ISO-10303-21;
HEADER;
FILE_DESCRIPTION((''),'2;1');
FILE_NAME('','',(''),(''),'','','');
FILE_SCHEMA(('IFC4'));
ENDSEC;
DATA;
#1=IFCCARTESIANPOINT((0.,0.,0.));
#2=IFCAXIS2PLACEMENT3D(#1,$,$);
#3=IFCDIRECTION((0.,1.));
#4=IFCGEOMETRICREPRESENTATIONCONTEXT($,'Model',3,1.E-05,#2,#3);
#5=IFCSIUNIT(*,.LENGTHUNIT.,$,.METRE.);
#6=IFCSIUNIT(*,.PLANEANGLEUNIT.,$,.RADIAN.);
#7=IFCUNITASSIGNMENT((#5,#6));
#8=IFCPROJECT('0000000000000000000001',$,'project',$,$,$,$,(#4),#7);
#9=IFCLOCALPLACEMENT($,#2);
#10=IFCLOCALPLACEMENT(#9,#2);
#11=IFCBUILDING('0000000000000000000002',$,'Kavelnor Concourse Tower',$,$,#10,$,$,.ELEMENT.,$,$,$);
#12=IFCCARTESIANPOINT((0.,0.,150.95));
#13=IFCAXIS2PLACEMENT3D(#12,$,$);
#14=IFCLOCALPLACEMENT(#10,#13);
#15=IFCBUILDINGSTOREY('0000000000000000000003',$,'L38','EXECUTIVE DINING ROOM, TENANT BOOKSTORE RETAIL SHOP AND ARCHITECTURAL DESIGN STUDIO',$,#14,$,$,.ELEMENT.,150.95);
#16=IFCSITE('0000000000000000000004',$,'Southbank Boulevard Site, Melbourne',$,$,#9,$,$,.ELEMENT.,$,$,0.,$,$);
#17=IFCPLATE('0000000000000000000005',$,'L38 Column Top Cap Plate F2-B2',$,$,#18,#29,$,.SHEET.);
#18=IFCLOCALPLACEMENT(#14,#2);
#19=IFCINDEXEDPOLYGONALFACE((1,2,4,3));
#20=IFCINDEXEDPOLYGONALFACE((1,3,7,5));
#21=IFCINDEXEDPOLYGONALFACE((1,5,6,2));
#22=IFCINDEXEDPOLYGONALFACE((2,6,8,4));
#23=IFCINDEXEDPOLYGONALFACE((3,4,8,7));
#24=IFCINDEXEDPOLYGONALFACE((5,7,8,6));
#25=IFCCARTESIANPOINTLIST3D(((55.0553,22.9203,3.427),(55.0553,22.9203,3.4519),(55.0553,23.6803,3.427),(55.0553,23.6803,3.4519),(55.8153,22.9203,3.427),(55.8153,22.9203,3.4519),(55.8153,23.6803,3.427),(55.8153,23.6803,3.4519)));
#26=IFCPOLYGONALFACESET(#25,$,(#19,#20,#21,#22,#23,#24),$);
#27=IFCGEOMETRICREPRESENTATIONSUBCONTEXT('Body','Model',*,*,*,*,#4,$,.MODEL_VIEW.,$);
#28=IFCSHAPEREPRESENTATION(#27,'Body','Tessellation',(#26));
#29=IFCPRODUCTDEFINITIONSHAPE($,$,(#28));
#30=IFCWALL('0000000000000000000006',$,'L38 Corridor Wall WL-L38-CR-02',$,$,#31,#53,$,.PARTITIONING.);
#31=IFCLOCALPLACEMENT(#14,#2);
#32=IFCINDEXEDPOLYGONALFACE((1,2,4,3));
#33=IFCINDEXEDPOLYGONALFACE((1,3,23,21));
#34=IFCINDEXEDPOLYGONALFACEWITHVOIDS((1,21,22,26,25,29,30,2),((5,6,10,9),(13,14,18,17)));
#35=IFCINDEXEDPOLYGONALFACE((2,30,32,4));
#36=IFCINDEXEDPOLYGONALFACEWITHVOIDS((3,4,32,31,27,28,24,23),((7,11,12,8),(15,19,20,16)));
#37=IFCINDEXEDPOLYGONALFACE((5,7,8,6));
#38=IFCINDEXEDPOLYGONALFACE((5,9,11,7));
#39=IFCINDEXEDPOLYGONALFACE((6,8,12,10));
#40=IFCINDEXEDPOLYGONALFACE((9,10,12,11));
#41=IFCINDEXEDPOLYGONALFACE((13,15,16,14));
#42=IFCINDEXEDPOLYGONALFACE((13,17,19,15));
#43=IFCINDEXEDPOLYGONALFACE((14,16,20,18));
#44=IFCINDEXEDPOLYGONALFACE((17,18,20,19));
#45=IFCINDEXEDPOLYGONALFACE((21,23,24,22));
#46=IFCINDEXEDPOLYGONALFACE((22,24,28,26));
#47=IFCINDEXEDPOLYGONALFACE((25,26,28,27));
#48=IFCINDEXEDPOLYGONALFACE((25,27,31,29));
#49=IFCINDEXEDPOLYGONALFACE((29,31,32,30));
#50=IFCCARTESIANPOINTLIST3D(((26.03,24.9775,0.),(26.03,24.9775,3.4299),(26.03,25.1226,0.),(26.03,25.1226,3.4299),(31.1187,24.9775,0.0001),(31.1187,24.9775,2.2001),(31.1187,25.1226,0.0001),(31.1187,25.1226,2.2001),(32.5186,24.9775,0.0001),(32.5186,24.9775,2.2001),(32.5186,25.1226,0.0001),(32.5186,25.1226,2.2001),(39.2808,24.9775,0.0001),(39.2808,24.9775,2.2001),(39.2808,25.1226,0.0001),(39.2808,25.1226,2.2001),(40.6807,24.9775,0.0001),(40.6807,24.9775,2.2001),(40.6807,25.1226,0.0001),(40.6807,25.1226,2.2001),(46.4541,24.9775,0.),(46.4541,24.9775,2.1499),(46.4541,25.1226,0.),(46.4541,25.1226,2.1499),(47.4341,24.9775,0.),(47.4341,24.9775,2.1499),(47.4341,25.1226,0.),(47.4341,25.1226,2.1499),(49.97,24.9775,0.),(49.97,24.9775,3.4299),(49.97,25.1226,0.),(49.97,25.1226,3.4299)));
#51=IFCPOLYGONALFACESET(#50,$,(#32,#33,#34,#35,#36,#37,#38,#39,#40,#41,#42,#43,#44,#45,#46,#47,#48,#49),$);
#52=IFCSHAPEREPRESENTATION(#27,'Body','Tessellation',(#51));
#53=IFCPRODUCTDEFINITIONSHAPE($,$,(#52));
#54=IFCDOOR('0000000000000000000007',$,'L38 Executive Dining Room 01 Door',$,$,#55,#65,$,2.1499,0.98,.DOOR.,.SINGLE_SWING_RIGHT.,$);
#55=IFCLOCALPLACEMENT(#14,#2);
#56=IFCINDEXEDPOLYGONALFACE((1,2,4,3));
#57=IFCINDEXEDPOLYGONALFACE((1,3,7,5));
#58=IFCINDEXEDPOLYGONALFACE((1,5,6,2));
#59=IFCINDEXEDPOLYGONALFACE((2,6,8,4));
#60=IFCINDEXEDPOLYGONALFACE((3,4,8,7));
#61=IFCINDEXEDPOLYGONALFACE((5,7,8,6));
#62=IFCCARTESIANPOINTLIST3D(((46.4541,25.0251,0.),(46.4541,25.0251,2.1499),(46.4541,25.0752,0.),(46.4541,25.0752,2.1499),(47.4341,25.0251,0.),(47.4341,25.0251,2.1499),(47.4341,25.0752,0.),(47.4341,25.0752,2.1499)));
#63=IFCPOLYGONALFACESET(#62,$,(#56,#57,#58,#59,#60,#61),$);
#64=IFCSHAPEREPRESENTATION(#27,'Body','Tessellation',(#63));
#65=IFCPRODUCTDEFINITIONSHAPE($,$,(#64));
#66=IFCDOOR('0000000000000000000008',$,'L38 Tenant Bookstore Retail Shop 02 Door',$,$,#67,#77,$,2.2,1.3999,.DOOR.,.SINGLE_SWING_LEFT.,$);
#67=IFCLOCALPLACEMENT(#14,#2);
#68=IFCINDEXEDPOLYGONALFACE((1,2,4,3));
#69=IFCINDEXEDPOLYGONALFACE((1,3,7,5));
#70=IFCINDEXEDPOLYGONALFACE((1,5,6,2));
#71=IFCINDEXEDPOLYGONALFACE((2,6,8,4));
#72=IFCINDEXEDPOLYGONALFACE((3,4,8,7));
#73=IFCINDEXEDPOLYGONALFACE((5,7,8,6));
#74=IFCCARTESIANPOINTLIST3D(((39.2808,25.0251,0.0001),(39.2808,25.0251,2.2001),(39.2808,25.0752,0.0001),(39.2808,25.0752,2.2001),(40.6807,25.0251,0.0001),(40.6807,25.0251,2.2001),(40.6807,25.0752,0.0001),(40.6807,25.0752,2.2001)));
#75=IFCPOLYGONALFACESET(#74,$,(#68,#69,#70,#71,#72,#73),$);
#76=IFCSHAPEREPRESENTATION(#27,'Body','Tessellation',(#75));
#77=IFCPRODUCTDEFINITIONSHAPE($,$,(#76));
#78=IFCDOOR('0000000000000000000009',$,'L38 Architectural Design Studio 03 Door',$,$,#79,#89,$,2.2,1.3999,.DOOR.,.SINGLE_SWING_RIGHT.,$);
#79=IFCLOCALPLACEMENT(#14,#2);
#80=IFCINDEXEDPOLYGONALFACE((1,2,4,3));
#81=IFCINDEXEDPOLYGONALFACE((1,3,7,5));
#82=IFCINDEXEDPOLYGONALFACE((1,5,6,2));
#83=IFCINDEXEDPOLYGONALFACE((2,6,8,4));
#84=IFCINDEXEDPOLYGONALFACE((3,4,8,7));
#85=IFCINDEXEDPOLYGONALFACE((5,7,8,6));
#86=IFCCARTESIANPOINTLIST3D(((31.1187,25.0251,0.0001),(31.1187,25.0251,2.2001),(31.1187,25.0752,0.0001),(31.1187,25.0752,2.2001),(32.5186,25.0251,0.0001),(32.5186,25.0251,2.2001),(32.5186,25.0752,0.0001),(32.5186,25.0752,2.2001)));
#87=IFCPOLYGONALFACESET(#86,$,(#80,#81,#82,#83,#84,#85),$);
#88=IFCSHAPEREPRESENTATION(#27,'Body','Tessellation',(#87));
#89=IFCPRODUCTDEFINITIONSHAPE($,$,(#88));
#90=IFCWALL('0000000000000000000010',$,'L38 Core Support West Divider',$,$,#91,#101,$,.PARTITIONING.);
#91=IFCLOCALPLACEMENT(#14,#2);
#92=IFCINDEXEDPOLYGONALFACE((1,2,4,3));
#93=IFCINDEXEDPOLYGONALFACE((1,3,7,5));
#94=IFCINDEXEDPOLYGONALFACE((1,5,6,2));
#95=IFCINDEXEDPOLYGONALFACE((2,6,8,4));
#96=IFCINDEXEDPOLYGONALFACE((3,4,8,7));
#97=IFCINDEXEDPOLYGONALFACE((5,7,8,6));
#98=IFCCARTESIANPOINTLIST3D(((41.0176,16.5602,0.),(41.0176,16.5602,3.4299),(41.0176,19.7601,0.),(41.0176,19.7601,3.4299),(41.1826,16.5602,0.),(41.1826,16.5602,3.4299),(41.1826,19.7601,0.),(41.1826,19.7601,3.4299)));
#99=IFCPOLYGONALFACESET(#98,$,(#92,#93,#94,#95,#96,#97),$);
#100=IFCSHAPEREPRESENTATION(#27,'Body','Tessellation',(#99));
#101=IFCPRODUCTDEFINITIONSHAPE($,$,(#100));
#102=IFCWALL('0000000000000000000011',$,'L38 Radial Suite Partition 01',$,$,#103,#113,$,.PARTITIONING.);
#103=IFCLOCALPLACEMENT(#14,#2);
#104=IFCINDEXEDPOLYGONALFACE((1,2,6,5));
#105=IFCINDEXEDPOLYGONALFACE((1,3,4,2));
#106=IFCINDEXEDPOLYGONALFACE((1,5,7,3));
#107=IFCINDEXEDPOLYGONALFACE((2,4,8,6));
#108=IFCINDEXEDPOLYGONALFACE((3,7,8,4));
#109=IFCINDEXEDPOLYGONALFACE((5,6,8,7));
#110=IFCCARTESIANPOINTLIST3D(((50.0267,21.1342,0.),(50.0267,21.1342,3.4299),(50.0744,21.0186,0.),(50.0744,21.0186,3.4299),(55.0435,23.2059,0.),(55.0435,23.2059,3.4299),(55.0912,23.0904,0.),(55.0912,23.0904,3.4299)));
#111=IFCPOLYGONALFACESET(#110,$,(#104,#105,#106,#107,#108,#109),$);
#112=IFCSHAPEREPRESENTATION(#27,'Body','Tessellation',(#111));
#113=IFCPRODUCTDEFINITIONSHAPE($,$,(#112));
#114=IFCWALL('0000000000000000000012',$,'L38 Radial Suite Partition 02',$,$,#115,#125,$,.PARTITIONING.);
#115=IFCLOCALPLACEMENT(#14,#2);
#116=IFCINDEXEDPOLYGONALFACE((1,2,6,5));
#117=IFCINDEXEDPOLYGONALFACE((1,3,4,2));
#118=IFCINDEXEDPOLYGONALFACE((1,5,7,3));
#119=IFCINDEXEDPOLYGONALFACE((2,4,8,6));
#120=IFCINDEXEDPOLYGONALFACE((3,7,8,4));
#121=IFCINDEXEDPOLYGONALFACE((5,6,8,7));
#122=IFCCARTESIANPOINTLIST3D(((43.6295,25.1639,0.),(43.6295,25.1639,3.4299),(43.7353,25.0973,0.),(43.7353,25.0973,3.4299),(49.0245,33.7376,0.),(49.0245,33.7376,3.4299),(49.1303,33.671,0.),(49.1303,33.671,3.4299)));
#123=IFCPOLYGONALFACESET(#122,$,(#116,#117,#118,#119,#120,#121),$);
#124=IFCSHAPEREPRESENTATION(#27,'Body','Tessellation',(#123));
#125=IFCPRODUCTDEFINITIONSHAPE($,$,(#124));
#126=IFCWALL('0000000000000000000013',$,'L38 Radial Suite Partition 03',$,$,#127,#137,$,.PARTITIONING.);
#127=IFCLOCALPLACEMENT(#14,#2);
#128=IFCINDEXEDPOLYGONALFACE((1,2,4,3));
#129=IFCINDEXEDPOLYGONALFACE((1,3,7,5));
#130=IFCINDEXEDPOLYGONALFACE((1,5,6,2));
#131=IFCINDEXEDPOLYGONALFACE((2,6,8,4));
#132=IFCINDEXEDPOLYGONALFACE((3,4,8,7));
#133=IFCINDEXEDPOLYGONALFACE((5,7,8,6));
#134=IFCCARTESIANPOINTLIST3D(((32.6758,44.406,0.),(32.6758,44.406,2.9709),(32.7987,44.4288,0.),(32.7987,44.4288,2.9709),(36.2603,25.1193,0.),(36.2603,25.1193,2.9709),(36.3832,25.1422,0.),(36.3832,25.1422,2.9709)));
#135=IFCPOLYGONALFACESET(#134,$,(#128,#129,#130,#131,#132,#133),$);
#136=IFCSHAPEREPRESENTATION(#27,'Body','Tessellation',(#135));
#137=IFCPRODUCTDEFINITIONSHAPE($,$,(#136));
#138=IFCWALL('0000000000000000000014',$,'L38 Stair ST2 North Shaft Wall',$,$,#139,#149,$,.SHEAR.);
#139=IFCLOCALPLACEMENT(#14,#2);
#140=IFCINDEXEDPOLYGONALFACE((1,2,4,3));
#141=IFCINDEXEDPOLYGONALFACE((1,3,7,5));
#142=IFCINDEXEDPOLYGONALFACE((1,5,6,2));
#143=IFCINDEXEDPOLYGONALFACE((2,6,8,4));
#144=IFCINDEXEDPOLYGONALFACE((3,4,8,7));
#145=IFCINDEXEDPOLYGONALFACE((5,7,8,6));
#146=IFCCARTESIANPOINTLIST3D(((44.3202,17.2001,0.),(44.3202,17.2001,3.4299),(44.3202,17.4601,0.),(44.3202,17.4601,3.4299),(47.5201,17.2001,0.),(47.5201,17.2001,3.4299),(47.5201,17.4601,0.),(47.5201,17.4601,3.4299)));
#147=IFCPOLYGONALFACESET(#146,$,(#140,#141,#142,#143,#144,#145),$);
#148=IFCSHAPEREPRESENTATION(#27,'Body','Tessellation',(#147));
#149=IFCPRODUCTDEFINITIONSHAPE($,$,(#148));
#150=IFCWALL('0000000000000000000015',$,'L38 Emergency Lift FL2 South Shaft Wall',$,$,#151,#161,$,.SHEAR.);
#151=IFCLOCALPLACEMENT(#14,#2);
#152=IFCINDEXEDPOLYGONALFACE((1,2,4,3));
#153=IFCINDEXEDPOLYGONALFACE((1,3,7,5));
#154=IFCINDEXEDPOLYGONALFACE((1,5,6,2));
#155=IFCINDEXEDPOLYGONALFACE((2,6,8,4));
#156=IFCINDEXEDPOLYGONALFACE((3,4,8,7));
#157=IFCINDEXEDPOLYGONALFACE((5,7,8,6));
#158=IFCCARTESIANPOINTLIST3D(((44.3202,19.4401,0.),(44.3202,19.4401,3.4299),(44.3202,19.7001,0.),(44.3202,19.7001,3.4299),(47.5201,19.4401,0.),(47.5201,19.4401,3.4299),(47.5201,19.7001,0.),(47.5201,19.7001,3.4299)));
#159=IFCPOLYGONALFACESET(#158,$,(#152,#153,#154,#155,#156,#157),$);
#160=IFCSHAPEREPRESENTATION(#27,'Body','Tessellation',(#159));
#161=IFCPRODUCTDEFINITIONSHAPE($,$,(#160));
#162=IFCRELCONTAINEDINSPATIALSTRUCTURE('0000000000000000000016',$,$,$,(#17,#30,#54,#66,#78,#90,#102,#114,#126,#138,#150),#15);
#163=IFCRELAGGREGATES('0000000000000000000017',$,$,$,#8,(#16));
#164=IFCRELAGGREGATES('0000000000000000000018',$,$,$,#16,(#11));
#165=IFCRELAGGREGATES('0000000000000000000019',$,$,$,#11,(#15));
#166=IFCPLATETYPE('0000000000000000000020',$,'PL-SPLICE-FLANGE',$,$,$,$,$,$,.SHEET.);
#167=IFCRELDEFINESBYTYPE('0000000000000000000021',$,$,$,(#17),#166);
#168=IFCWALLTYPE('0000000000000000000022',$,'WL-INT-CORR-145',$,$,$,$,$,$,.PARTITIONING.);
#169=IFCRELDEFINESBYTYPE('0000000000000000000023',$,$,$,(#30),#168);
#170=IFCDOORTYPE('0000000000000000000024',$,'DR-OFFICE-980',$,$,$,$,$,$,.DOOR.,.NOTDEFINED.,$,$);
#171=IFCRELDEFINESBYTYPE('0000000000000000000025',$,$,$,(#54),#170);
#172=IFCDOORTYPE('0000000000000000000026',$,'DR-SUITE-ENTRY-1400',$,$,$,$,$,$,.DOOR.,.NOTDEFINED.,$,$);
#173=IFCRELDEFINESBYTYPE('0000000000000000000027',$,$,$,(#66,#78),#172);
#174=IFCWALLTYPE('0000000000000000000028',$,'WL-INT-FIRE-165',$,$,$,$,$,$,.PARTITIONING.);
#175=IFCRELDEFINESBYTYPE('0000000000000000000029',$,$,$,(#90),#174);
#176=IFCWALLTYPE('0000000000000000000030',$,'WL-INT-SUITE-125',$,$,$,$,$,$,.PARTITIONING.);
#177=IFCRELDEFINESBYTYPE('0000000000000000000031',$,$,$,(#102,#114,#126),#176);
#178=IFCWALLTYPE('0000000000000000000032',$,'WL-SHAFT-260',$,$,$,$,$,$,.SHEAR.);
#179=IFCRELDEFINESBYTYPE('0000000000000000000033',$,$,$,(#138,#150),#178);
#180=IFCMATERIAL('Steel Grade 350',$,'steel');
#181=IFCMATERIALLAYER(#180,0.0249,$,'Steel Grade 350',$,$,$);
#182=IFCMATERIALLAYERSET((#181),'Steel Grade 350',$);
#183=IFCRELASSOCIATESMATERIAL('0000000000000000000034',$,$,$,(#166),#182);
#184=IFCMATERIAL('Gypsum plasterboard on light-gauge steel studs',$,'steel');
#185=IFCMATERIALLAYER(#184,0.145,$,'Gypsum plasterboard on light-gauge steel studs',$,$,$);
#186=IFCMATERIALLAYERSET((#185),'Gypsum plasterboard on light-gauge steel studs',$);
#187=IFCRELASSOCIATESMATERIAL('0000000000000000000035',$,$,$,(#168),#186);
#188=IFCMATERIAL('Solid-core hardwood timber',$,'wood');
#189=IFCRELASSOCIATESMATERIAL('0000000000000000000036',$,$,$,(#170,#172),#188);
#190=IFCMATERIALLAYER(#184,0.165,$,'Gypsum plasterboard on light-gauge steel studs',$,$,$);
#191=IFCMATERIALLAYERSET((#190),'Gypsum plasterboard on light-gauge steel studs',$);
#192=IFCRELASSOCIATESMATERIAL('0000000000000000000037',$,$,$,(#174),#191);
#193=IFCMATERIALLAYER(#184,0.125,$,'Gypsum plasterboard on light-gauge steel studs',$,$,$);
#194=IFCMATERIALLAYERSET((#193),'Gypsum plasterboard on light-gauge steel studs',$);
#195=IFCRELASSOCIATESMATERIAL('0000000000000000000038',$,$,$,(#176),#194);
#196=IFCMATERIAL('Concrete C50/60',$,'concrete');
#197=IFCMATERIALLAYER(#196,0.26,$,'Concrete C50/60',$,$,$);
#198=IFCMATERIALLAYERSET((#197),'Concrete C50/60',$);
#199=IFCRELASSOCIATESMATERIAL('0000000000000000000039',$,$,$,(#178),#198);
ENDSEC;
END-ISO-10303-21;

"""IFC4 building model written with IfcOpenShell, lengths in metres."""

from ifc_helpers import new_model, si_unit, direction, frame, frame_2d, origin, origin_2d, place, context, subcontext, project, spatial, rectangle, extrude, material, layer, layer_set, type_object, element, fill, save


model = new_model("IFC4")

# Units and contexts
model_context = context("Model", 3, precision=1e-05, world=origin(), true_north=direction((0.0, 1.0)))
body_context = subcontext(model_context, "Body", "Model", "MODEL_VIEW")
ifc_project = project(units=[si_unit("LENGTHUNIT", "METRE"), si_unit("PLANEANGLEUNIT", "RADIAN")], contexts=[model_context])

# Site, building, storey
site_placement = place(None, origin())
site = spatial("IfcSite", under=ifc_project, at=site_placement, Name="Southbank Boulevard Site, Melbourne", CompositionType="ELEMENT", RefElevation=0.0)
building_placement = place(site_placement, origin())
building = spatial("IfcBuilding", under=site, at=building_placement, Name="Kavelnor Concourse Tower", CompositionType="ELEMENT")
storey_placement = place(building_placement, frame((0.0, 0.0, 150.95)))
storey = spatial("IfcBuildingStorey", under=building, at=storey_placement, Name="L38", Description="EXECUTIVE DINING ROOM, TENANT BOOKSTORE RETAIL SHOP AND ARCHITECTURAL DESIGN STUDIO", CompositionType="ELEMENT", Elevation=150.95)

# Shared definitions
ifc_material_1 = material(Name="Steel Grade 350", Category="steel")

# Plate
ifc_layer_1 = layer(ifc_material_1, 0.0249, Name="Steel Grade 350")
ifc_layer_set_1 = layer_set([ifc_layer_1], Name="Steel Grade 350")
plate_type = type_object("IfcPlateType", Name="PL-SPLICE-FLANGE", PredefinedType="SHEET", material=ifc_layer_set_1)
for number, where, z_axis, x_axis, name in (
    (1, (55.4353, 23.3003, 3.427), (0.0, 0.0, 1.0), (1.0, 0.0, 0.0), "L38 Column Top Cap Plate F2-B2"),
):
    element("IfcPlate", number, at=place(storey_placement, frame(where, z_axis=z_axis, x_axis=x_axis)), inside=storey, type_object=plate_type, Name=name, PredefinedType="SHEET", context=body_context, shape_type="SweptSolid", body=[
        extrude(rectangle(XDim=0.76, YDim=0.76, at=origin_2d()), origin(), (0.0, 0.0, 1.0), 0.0249),
    ])

# Wall, openings, doors
ifc_material_2 = material(Name="Gypsum plasterboard on light-gauge steel studs", Category="steel")
ifc_layer_2 = layer(ifc_material_2, 0.145, Name="Gypsum plasterboard on light-gauge steel studs")
ifc_layer_set_2 = layer_set([ifc_layer_2], Name="Gypsum plasterboard on light-gauge steel studs")
wall_type_1 = type_object("IfcWallType", Name="WL-INT-CORR-145", PredefinedType="PARTITIONING", material=ifc_layer_set_2)
wall_1_placement = place(storey_placement, frame((49.97, 25.05, 0.0), z_axis=(0.0, 0.0, 1.0), x_axis=(-1.0, 0.0, 0.0)))
wall_1 = element("IfcWall", 2, at=wall_1_placement, inside=storey, type_object=wall_type_1, Name="L38 Corridor Wall WL-L38-CR-02", PredefinedType="PARTITIONING", context=body_context, shape_type="SweptSolid", body=[
    extrude(rectangle(XDim=23.9399, YDim=0.145, at=frame_2d((11.97, 0.0))), origin(), (0.0, 0.0, 1.0), 3.4299),
])
opening_1_placement = place(wall_1_placement, frame((2.5359, 0.0, 0.0)))
opening_1 = element("IfcOpeningElement", 3, at=opening_1_placement, cuts=wall_1, PredefinedType="OPENING", context=body_context, shape_type="SweptSolid", body=[
    extrude(rectangle(XDim=0.98, YDim=2.1499, at=frame_2d((0.49, 1.075))), frame((0.0, 0.0825, 0.0), z_axis=(0.0, -1.0, 0.0), x_axis=(1.0, 0.0, 0.0)), (0.0, 0.0, 1.0), 0.165),
])
opening_2_placement = place(wall_1_placement, frame((9.2893, 0.0, 0.0)))
opening_2 = element("IfcOpeningElement", 4, at=opening_2_placement, cuts=wall_1, PredefinedType="OPENING", context=body_context, shape_type="SweptSolid", body=[
    extrude(rectangle(XDim=1.3999, YDim=2.2, at=frame_2d((0.7, 1.1001))), frame((0.0, 0.0825, 0.0), z_axis=(0.0, -1.0, 0.0), x_axis=(1.0, 0.0, 0.0)), (0.0, 0.0, 1.0), 0.165),
])
opening_3_placement = place(wall_1_placement, frame((17.4514, 0.0, 0.0)))
opening_3 = element("IfcOpeningElement", 5, at=opening_3_placement, cuts=wall_1, PredefinedType="OPENING", context=body_context, shape_type="SweptSolid", body=[
    extrude(rectangle(XDim=1.3999, YDim=2.2, at=frame_2d((0.7, 1.1001))), frame((0.0, 0.0825, 0.0), z_axis=(0.0, -1.0, 0.0), x_axis=(1.0, 0.0, 0.0)), (0.0, 0.0, 1.0), 0.165),
])
ifc_material_3 = material(Name="Solid-core hardwood timber", Category="wood")
door_type_1 = type_object("IfcDoorType", Name="DR-OFFICE-980", OperationType="NOTDEFINED", PredefinedType="DOOR", material=ifc_material_3)
door_1_placement = place(opening_1_placement, origin())
door_1 = element("IfcDoor", 6, at=door_1_placement, inside=storey, type_object=door_type_1, Name="L38 Executive Dining Room 01 Door", OperationType="SINGLE_SWING_RIGHT", OverallHeight=2.1499, OverallWidth=0.98, PredefinedType="DOOR", context=body_context, shape_type="SweptSolid", body=[
    extrude(rectangle(XDim=0.98, YDim=2.1499, at=frame_2d((0.49, 1.075))), frame((0.0, 0.0249, 0.0), z_axis=(0.0, -1.0, 0.0), x_axis=(1.0, 0.0, 0.0)), (0.0, 0.0, 1.0), 0.05),
])
fill(opening_1, door_1)
door_type_2 = type_object("IfcDoorType", Name="DR-SUITE-ENTRY-1400", OperationType="NOTDEFINED", PredefinedType="DOOR", material=ifc_material_3)
door_2_placement = place(opening_2_placement, origin())
door_2 = element("IfcDoor", 7, at=door_2_placement, inside=storey, type_object=door_type_2, Name="L38 Tenant Bookstore Retail Shop 02 Door", OperationType="SINGLE_SWING_LEFT", OverallHeight=2.2, OverallWidth=1.3999, PredefinedType="DOOR", context=body_context, shape_type="SweptSolid", body=[
    extrude(rectangle(XDim=1.3999, YDim=2.2, at=frame_2d((0.7, 1.1001))), frame((0.0, 0.0249, 0.0), z_axis=(0.0, -1.0, 0.0), x_axis=(1.0, 0.0, 0.0)), (0.0, 0.0, 1.0), 0.05),
])
fill(opening_2, door_2)
door_3_placement = place(opening_3_placement, origin())
door_3 = element("IfcDoor", 8, at=door_3_placement, inside=storey, type_object=door_type_2, Name="L38 Architectural Design Studio 03 Door", OperationType="SINGLE_SWING_RIGHT", OverallHeight=2.2, OverallWidth=1.3999, PredefinedType="DOOR", context=body_context, shape_type="SweptSolid", body=[
    extrude(rectangle(XDim=1.3999, YDim=2.2, at=frame_2d((0.7, 1.1001))), frame((0.0, 0.0249, 0.0), z_axis=(0.0, -1.0, 0.0), x_axis=(1.0, 0.0, 0.0)), (0.0, 0.0, 1.0), 0.05),
])
fill(opening_3, door_3)

# Walls
ifc_layer_3 = layer(ifc_material_2, 0.165, Name="Gypsum plasterboard on light-gauge steel studs")
ifc_layer_set_3 = layer_set([ifc_layer_3], Name="Gypsum plasterboard on light-gauge steel studs")
wall_type_2 = type_object("IfcWallType", Name="WL-INT-FIRE-165", PredefinedType="PARTITIONING", material=ifc_layer_set_3)
wall_2_placement = place(storey_placement, frame((41.1001, 16.5601, 0.0), z_axis=(0.0, 0.0, 1.0), x_axis=(0.0, 1.0, 0.0)))
element("IfcWall", 9, at=wall_2_placement, inside=storey, type_object=wall_type_2, Name="L38 Core Support West Divider", PredefinedType="PARTITIONING", context=body_context, shape_type="SweptSolid", body=[
    extrude(rectangle(XDim=3.2, YDim=0.165, at=frame_2d((1.6001, 0.0))), origin(), (0.0, 0.0, 1.0), 3.4299),
])
ifc_layer_4 = layer(ifc_material_2, 0.125, Name="Gypsum plasterboard on light-gauge steel studs")
ifc_layer_set_4 = layer_set([ifc_layer_4], Name="Gypsum plasterboard on light-gauge steel studs")
wall_type_3 = type_object("IfcWallType", Name="WL-INT-SUITE-125", PredefinedType="PARTITIONING", material=ifc_layer_set_4)
wall_3_placement = place(storey_placement, frame((50.0505, 21.0764, 0.0), z_axis=(0.0, 0.0, 1.0), x_axis=(0.924287, 0.381698, 0.0)))
element("IfcWall", 10, at=wall_3_placement, inside=storey, type_object=wall_type_3, Name="L38 Radial Suite Partition 01", PredefinedType="PARTITIONING", context=body_context, shape_type="SweptSolid", body=[
    extrude(rectangle(XDim=5.4277, YDim=0.125, at=frame_2d((2.7139, 0.0))), origin(), (0.0, 0.0, 1.0), 3.4299),
])
wall_4_placement = place(storey_placement, frame((43.6824, 25.1306, 0.0), z_axis=(0.0, 0.0, 1.0), x_axis=(0.532583, 0.846378, 0.0)))
element("IfcWall", 11, at=wall_4_placement, inside=storey, type_object=wall_type_3, Name="L38 Radial Suite Partition 02", PredefinedType="PARTITIONING", context=body_context, shape_type="SweptSolid", body=[
    extrude(rectangle(XDim=10.1299, YDim=0.125, at=frame_2d((5.0649, 0.0))), origin(), (0.0, 0.0, 1.0), 3.4299),
])
wall_5_placement = place(storey_placement, frame((36.3218, 25.1306, 0.0), z_axis=(0.0, 0.0, 1.0), x_axis=(-0.182724, 0.983164, 0.0)))
element("IfcWall", 12, at=wall_5_placement, inside=storey, type_object=wall_type_3, Name="L38 Radial Suite Partition 03", PredefinedType="PARTITIONING", context=body_context, shape_type="SweptSolid", body=[
    extrude(rectangle(XDim=19.6169, YDim=0.125, at=frame_2d((9.8086, 0.0))), origin(), (0.0, 0.0, 1.0), 2.9709),
])
ifc_material_4 = material(Name="Concrete C50/60", Category="concrete")
ifc_layer_5 = layer(ifc_material_4, 0.26, Name="Concrete C50/60")
ifc_layer_set_5 = layer_set([ifc_layer_5], Name="Concrete C50/60")
wall_type_4 = type_object("IfcWallType", Name="WL-SHAFT-260", PredefinedType="SHEAR", material=ifc_layer_set_5)
for number, where, z_axis, x_axis, name in (
    (13, (44.3201, 17.3301, 0.0), (0.0, 0.0, 1.0), (1.0, 0.0, 0.0), "L38 Stair ST2 North Shaft Wall"),
    (14, (44.3201, 19.5701, 0.0), (0.0, 0.0, 1.0), (1.0, 0.0, 0.0), "L38 Emergency Lift FL2 South Shaft Wall"),
):
    element("IfcWall", number, at=place(storey_placement, frame(where, z_axis=z_axis, x_axis=x_axis)), inside=storey, type_object=wall_type_4, Name=name, PredefinedType="SHEAR", context=body_context, shape_type="SweptSolid", body=[
        extrude(rectangle(XDim=3.2, YDim=0.26, at=frame_2d((1.6001, 0.0))), origin(), (0.0, 0.0, 1.0), 3.4299),
    ])

save(model, "model.ifc")
